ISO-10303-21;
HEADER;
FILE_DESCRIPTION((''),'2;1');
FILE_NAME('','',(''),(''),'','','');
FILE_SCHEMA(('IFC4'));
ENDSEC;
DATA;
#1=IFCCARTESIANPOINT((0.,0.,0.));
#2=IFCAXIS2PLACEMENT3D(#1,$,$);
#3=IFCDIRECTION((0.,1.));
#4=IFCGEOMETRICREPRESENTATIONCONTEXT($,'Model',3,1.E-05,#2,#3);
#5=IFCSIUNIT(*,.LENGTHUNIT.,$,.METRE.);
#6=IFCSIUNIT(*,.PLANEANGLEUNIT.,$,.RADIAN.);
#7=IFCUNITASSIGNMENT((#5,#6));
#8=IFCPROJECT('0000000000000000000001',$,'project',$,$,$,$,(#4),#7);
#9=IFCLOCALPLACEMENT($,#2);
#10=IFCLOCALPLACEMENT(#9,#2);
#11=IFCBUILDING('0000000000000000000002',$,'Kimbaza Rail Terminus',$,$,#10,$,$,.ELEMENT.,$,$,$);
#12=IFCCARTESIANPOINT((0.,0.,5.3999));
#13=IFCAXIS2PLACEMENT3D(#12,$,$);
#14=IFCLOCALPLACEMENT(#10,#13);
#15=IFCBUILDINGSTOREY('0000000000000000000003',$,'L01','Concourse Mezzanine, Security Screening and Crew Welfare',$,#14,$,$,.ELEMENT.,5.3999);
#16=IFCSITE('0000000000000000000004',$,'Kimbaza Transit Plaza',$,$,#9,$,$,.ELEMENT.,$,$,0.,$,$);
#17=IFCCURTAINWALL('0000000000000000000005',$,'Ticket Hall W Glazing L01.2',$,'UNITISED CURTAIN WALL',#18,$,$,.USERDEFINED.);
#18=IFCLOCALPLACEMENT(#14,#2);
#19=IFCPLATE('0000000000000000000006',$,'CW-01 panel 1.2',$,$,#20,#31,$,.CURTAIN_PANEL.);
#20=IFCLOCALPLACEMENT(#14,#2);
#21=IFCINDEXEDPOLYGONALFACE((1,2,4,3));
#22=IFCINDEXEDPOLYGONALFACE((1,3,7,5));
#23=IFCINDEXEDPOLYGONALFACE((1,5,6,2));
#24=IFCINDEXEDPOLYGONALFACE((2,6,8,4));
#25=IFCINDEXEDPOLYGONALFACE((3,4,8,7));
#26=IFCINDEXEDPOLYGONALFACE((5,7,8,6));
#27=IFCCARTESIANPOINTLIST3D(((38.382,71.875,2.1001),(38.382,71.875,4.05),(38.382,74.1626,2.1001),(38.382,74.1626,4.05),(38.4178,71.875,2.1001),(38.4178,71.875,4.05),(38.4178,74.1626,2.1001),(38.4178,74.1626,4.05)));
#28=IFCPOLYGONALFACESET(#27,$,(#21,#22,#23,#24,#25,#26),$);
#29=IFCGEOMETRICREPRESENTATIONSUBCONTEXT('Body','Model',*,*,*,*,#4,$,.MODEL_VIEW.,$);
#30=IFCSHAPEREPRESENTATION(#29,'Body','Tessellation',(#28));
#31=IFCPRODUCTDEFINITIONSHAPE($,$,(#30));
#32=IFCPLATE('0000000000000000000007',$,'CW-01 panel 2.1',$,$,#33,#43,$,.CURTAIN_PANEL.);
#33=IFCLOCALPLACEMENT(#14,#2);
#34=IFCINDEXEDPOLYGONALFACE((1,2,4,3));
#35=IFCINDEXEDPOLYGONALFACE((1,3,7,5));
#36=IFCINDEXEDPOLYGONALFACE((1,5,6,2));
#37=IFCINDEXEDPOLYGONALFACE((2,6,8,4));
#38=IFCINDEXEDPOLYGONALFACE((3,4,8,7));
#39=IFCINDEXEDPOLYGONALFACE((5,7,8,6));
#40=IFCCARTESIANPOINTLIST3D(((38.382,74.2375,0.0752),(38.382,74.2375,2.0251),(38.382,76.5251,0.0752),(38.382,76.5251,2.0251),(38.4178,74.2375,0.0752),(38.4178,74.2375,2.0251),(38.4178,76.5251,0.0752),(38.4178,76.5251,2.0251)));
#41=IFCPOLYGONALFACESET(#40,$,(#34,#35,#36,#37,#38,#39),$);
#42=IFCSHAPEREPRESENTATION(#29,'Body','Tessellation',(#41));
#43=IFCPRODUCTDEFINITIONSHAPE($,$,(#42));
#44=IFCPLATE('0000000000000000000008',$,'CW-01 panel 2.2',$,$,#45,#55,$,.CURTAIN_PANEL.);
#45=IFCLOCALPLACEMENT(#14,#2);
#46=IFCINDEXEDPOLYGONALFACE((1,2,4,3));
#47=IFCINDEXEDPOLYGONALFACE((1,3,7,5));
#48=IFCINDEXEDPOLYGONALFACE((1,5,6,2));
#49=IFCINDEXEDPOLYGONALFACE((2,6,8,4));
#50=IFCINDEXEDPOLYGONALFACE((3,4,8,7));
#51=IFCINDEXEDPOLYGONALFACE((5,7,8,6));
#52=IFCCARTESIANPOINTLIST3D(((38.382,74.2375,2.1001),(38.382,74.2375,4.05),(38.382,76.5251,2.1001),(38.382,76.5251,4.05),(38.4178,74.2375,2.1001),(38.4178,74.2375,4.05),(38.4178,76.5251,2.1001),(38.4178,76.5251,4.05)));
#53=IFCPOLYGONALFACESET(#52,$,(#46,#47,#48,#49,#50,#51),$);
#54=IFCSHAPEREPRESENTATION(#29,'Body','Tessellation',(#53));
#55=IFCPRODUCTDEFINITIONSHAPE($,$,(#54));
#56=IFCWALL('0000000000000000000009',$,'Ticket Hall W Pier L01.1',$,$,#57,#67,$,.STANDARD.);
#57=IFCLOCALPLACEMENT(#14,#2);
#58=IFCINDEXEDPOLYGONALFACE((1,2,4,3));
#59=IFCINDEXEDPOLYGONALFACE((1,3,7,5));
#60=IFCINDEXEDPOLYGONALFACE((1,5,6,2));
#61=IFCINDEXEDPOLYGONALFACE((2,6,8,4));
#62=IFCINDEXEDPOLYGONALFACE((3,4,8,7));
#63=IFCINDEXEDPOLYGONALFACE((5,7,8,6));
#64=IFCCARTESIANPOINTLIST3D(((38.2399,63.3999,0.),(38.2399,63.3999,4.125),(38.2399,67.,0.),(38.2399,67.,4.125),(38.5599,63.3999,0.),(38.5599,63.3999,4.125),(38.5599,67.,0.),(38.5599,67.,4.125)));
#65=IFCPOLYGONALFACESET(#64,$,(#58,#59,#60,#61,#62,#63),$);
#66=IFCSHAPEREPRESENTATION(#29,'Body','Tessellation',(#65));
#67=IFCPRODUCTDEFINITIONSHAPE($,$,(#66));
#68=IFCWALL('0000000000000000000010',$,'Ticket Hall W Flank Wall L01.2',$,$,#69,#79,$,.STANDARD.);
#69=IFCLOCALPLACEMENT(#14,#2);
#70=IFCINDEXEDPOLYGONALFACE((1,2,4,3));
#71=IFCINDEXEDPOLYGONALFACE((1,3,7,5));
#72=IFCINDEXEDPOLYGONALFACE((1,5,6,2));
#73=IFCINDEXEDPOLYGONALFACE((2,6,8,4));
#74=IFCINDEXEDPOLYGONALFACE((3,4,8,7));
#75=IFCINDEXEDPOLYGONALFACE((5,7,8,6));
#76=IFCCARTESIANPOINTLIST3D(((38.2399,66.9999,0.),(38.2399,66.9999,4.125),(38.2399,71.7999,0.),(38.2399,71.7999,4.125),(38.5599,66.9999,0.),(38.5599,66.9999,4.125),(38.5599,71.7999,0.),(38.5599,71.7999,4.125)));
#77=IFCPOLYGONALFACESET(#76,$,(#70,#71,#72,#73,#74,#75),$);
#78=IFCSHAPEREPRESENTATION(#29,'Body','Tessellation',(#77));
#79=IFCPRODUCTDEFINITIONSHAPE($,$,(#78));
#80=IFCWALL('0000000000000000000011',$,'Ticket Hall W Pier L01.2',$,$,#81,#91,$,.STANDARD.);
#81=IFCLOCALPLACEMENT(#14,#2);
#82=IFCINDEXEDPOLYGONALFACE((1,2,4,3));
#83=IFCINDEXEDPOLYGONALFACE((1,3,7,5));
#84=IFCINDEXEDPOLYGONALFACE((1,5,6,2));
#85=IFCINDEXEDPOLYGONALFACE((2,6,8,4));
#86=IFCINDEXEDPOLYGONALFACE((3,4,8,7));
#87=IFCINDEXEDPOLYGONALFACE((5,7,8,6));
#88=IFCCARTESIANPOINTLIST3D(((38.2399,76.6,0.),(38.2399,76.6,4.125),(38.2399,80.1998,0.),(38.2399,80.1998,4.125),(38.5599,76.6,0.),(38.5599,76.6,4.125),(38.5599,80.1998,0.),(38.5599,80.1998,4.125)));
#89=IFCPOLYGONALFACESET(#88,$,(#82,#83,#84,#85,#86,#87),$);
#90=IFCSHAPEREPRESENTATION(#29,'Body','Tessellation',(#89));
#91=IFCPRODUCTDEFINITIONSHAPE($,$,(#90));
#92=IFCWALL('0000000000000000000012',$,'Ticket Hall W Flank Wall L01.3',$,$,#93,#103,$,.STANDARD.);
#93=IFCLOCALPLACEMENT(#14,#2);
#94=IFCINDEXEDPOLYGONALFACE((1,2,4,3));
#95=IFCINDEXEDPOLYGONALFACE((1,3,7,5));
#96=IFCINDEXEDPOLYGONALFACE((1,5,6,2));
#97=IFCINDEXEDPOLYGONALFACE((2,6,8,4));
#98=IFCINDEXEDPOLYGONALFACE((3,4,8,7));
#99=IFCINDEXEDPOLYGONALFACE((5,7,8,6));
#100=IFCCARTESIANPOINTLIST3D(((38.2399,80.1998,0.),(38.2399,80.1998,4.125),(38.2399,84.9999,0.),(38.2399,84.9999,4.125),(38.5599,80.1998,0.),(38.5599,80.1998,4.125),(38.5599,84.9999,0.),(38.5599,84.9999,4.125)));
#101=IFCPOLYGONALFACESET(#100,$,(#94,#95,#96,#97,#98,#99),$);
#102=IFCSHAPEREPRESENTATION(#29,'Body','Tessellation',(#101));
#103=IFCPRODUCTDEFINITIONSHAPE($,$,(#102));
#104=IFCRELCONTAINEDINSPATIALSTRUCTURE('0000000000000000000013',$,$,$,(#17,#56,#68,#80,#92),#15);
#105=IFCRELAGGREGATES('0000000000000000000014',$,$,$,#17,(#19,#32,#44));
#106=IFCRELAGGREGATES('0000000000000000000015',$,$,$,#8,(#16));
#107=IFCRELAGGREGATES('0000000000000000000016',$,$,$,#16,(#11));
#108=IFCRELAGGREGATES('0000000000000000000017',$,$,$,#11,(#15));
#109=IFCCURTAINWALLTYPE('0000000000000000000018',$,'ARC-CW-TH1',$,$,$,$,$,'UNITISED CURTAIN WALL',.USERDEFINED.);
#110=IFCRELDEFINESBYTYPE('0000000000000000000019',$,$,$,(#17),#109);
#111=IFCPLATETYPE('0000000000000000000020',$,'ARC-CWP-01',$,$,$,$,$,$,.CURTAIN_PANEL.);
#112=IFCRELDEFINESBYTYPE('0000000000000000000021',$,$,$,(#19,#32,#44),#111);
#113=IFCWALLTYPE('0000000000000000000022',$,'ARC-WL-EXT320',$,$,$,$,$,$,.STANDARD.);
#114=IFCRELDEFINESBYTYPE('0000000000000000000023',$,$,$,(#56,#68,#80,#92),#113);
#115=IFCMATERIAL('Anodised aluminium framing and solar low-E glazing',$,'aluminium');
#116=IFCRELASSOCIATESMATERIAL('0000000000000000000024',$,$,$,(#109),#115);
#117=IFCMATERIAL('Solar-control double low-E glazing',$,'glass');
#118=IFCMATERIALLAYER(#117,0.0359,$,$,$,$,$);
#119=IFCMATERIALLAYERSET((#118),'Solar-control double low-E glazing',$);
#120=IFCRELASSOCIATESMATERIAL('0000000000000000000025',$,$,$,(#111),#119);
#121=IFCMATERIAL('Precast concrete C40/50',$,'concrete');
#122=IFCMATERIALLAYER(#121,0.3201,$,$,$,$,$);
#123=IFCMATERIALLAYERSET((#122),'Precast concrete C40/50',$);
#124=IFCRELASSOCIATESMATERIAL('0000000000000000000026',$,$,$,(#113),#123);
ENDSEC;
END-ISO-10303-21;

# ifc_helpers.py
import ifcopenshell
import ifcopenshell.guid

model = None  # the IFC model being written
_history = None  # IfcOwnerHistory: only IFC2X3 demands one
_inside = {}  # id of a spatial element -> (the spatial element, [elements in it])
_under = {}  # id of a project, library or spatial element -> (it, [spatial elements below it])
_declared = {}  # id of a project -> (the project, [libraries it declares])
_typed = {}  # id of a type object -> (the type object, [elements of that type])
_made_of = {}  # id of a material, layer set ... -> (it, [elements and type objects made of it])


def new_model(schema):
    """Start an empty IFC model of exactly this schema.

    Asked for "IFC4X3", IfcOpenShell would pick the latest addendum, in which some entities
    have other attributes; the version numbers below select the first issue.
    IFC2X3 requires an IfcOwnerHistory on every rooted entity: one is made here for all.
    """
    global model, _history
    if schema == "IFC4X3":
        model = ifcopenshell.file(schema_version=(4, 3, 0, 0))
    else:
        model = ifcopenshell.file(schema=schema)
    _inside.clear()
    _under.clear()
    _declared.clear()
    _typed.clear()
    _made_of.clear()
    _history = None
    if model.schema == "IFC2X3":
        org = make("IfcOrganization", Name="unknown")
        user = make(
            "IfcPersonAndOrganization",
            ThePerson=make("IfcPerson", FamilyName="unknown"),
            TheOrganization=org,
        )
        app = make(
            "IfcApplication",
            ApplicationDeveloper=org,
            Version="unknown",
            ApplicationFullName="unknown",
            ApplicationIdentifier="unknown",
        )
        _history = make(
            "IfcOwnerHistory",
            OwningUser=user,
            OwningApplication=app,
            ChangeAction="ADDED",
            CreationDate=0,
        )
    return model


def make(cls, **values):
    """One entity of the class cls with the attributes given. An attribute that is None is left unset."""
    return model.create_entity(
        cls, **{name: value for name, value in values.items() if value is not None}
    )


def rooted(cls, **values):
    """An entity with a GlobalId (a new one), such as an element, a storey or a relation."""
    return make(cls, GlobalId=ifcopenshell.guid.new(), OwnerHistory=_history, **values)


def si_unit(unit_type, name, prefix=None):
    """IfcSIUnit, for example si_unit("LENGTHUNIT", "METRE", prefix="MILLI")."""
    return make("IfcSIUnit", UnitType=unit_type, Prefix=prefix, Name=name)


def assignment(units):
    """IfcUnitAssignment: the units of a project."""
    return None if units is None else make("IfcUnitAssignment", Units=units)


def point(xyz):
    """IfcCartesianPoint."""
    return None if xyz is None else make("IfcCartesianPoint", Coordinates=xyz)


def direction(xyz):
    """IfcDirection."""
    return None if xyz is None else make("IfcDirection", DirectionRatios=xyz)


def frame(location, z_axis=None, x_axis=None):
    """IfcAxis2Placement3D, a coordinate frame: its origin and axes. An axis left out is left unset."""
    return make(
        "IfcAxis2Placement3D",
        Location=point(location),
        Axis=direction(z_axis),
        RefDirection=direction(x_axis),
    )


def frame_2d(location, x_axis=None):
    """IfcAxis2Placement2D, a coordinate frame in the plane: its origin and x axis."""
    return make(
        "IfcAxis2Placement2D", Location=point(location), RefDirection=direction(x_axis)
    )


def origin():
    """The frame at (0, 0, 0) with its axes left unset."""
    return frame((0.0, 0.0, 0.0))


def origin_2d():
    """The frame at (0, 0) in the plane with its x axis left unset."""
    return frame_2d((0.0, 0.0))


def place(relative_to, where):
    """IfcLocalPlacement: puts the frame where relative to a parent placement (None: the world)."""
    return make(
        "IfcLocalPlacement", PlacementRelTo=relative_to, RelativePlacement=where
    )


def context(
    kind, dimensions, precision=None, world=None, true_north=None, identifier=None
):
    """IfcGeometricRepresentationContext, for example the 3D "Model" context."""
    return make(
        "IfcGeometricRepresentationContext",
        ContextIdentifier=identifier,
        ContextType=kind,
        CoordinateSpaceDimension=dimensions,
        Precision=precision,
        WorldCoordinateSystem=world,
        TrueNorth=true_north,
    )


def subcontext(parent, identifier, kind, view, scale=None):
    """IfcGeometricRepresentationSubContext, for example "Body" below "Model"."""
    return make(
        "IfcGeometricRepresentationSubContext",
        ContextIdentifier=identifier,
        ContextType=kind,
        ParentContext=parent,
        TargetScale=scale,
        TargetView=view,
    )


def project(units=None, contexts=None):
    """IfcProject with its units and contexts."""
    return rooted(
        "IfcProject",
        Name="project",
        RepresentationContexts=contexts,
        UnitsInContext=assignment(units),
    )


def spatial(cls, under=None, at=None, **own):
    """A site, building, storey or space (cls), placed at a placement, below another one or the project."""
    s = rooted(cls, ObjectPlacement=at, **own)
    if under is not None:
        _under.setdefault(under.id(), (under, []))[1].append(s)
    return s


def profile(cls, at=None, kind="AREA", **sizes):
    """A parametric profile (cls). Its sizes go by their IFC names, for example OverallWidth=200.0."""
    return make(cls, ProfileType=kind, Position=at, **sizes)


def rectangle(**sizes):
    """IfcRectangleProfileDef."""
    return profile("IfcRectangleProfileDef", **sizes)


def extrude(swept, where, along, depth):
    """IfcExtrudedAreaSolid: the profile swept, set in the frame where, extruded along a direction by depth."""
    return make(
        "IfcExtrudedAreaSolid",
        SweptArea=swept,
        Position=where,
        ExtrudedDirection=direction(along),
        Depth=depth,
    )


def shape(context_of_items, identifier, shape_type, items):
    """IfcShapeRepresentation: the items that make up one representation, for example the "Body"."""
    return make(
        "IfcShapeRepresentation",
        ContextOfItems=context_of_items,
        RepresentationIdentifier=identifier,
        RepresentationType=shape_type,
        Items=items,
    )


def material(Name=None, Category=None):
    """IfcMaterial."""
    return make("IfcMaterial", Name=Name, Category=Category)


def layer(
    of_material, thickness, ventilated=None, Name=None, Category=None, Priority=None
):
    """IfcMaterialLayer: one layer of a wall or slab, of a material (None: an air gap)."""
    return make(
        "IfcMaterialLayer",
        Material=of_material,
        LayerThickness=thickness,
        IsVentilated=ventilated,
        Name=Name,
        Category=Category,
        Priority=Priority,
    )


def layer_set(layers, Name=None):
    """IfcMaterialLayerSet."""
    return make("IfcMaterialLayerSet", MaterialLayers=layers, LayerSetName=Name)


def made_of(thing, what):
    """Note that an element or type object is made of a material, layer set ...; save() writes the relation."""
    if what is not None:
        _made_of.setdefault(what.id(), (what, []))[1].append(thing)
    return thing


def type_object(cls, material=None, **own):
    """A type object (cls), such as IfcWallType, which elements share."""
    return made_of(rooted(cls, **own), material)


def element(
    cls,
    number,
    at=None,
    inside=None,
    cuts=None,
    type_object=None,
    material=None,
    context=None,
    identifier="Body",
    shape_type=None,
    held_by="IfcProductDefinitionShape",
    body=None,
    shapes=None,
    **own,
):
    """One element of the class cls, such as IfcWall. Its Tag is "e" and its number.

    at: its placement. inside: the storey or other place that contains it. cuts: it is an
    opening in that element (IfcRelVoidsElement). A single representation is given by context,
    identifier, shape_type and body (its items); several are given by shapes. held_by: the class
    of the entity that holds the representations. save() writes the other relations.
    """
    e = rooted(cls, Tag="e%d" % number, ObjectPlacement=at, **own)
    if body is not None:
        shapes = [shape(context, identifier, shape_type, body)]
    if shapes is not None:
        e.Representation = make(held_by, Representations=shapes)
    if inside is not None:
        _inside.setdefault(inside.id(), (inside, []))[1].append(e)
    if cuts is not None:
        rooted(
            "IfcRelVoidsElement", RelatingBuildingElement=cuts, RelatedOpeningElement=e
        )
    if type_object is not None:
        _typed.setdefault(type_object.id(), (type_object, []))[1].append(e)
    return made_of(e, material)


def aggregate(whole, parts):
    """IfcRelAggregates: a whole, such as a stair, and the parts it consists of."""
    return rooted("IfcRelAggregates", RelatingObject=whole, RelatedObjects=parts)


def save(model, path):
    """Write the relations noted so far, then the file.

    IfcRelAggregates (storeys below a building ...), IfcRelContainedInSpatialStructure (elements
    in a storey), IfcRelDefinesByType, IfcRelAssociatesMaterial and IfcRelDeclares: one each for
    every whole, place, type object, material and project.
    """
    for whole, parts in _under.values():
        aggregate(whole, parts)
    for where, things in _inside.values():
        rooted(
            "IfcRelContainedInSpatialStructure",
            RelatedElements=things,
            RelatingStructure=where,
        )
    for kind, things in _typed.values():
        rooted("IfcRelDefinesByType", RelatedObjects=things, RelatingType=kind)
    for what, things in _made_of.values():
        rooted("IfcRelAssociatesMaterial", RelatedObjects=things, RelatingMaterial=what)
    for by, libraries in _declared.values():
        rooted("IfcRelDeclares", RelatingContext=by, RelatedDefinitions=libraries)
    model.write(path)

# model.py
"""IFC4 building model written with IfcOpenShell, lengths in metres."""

from ifc_helpers import new_model, si_unit, direction, frame, frame_2d, origin, origin_2d, place, context, subcontext, project, spatial, rectangle, extrude, material, layer, layer_set, type_object, element, aggregate, save


model = new_model("IFC4")

# Units and contexts
model_context = context("Model", 3, precision=1e-05, world=origin(), true_north=direction((0.0, 1.0)))
body_context = subcontext(model_context, "Body", "Model", "MODEL_VIEW")
ifc_project = project(units=[si_unit("LENGTHUNIT", "METRE"), si_unit("PLANEANGLEUNIT", "RADIAN")], contexts=[model_context])

# Site, building, storey
site_placement = place(None, origin())
site = spatial("IfcSite", under=ifc_project, at=site_placement, Name="Kimbaza Transit Plaza", CompositionType="ELEMENT", RefElevation=0.0)
building_placement = place(site_placement, origin())
building = spatial("IfcBuilding", under=site, at=building_placement, Name="Kimbaza Rail Terminus", CompositionType="ELEMENT")
storey_placement = place(building_placement, frame((0.0, 0.0, 5.3999)))
storey = spatial("IfcBuildingStorey", under=building, at=storey_placement, Name="L01", Description="Concourse Mezzanine, Security Screening and Crew Welfare", CompositionType="ELEMENT", Elevation=5.3999)

# Shared definitions
ifc_material_1 = material(Name="Anodised aluminium framing and solar low-E glazing", Category="aluminium")
curtain_wall_type = type_object("IfcCurtainWallType", Name="ARC-CW-TH1", ElementType="UNITISED CURTAIN WALL", PredefinedType="USERDEFINED", material=ifc_material_1)

# Curtain wall
curtain_wall_1_placement = place(storey_placement, origin())
curtain_wall_1 = element("IfcCurtainWall", 1, at=curtain_wall_1_placement, inside=storey, type_object=curtain_wall_type, Name="Ticket Hall W Glazing L01.2", ObjectType="UNITISED CURTAIN WALL", PredefinedType="USERDEFINED")

# Plates
ifc_material_2 = material(Name="Solar-control double low-E glazing", Category="glass")
ifc_layer_1 = layer(ifc_material_2, 0.0359)
ifc_layer_set_1 = layer_set([ifc_layer_1], Name="Solar-control double low-E glazing")
plate_type = type_object("IfcPlateType", Name="ARC-CWP-01", PredefinedType="CURTAIN_PANEL", material=ifc_layer_set_1)
plate_1_placement = place(storey_placement, frame((38.3999, 73.0188, 2.1001), z_axis=(0.0, 0.0, 1.0), x_axis=(0.0, 1.0, 0.0)))
plate_1 = element("IfcPlate", 2, at=plate_1_placement, type_object=plate_type, Name="CW-01 panel 1.2", PredefinedType="CURTAIN_PANEL", context=body_context, shape_type="SweptSolid", body=[
    extrude(rectangle(XDim=2.2876, YDim=0.0359, at=origin_2d()), origin(), (0.0, 0.0, 1.0), 1.95),
])
plate_2_placement = place(storey_placement, frame((38.3999, 75.3813, 0.0752), z_axis=(0.0, 0.0, 1.0), x_axis=(0.0, 1.0, 0.0)))
plate_2 = element("IfcPlate", 3, at=plate_2_placement, type_object=plate_type, Name="CW-01 panel 2.1", PredefinedType="CURTAIN_PANEL", context=body_context, shape_type="SweptSolid", body=[
    extrude(rectangle(XDim=2.2876, YDim=0.0359, at=origin_2d()), origin(), (0.0, 0.0, 1.0), 1.95),
])
plate_3_placement = place(storey_placement, frame((38.3999, 75.3813, 2.1001), z_axis=(0.0, 0.0, 1.0), x_axis=(0.0, 1.0, 0.0)))
plate_3 = element("IfcPlate", 4, at=plate_3_placement, type_object=plate_type, Name="CW-01 panel 2.2", PredefinedType="CURTAIN_PANEL", context=body_context, shape_type="SweptSolid", body=[
    extrude(rectangle(XDim=2.2876, YDim=0.0359, at=origin_2d()), origin(), (0.0, 0.0, 1.0), 1.95),
])
aggregate(curtain_wall_1, [plate_1, plate_2, plate_3])

# Walls
ifc_material_3 = material(Name="Precast concrete C40/50", Category="concrete")
ifc_layer_2 = layer(ifc_material_3, 0.3201)
ifc_layer_set_2 = layer_set([ifc_layer_2], Name="Precast concrete C40/50")
wall_type = type_object("IfcWallType", Name="ARC-WL-EXT320", PredefinedType="STANDARD", material=ifc_layer_set_2)
wall_1_placement = place(storey_placement, frame((38.3999, 63.3999, 0.0), z_axis=(0.0, 0.0, 1.0), x_axis=(0.0, 1.0, 0.0)))
element("IfcWall", 5, at=wall_1_placement, inside=storey, type_object=wall_type, Name="Ticket Hall W Pier L01.1", PredefinedType="STANDARD", context=body_context, shape_type="SweptSolid", body=[
    extrude(rectangle(XDim=3.6001, YDim=0.3201, at=frame_2d((1.8, 0.0))), origin(), (0.0, 0.0, 1.0), 4.125),
])
wall_2_placement = place(storey_placement, frame((38.3999, 67.0, 0.0), z_axis=(0.0, 0.0, 1.0), x_axis=(0.0, 1.0, 0.0)))
element("IfcWall", 6, at=wall_2_placement, inside=storey, type_object=wall_type, Name="Ticket Hall W Flank Wall L01.2", PredefinedType="STANDARD", context=body_context, shape_type="SweptSolid", body=[
    extrude(rectangle(XDim=4.8, YDim=0.3201, at=frame_2d((2.3999, 0.0))), origin(), (0.0, 0.0, 1.0), 4.125),
])
wall_3_placement = place(storey_placement, frame((38.3999, 76.6001, 0.0), z_axis=(0.0, 0.0, 1.0), x_axis=(0.0, 1.0, 0.0)))
element("IfcWall", 7, at=wall_3_placement, inside=storey, type_object=wall_type, Name="Ticket Hall W Pier L01.2", PredefinedType="STANDARD", context=body_context, shape_type="SweptSolid", body=[
    extrude(rectangle(XDim=3.5999, YDim=0.3201, at=frame_2d((1.7998, 0.0))), origin(), (0.0, 0.0, 1.0), 4.125),
])
wall_4_placement = place(storey_placement, frame((38.3999, 80.2, 0.0), z_axis=(0.0, 0.0, 1.0), x_axis=(0.0, 1.0, 0.0)))
element("IfcWall", 8, at=wall_4_placement, inside=storey, type_object=wall_type, Name="Ticket Hall W Flank Wall L01.3", PredefinedType="STANDARD", context=body_context, shape_type="SweptSolid", body=[
    extrude(rectangle(XDim=4.8, YDim=0.3201, at=frame_2d((2.3999, 0.0))), origin(), (0.0, 0.0, 1.0), 4.125),
])

save(model, "model.ifc")
